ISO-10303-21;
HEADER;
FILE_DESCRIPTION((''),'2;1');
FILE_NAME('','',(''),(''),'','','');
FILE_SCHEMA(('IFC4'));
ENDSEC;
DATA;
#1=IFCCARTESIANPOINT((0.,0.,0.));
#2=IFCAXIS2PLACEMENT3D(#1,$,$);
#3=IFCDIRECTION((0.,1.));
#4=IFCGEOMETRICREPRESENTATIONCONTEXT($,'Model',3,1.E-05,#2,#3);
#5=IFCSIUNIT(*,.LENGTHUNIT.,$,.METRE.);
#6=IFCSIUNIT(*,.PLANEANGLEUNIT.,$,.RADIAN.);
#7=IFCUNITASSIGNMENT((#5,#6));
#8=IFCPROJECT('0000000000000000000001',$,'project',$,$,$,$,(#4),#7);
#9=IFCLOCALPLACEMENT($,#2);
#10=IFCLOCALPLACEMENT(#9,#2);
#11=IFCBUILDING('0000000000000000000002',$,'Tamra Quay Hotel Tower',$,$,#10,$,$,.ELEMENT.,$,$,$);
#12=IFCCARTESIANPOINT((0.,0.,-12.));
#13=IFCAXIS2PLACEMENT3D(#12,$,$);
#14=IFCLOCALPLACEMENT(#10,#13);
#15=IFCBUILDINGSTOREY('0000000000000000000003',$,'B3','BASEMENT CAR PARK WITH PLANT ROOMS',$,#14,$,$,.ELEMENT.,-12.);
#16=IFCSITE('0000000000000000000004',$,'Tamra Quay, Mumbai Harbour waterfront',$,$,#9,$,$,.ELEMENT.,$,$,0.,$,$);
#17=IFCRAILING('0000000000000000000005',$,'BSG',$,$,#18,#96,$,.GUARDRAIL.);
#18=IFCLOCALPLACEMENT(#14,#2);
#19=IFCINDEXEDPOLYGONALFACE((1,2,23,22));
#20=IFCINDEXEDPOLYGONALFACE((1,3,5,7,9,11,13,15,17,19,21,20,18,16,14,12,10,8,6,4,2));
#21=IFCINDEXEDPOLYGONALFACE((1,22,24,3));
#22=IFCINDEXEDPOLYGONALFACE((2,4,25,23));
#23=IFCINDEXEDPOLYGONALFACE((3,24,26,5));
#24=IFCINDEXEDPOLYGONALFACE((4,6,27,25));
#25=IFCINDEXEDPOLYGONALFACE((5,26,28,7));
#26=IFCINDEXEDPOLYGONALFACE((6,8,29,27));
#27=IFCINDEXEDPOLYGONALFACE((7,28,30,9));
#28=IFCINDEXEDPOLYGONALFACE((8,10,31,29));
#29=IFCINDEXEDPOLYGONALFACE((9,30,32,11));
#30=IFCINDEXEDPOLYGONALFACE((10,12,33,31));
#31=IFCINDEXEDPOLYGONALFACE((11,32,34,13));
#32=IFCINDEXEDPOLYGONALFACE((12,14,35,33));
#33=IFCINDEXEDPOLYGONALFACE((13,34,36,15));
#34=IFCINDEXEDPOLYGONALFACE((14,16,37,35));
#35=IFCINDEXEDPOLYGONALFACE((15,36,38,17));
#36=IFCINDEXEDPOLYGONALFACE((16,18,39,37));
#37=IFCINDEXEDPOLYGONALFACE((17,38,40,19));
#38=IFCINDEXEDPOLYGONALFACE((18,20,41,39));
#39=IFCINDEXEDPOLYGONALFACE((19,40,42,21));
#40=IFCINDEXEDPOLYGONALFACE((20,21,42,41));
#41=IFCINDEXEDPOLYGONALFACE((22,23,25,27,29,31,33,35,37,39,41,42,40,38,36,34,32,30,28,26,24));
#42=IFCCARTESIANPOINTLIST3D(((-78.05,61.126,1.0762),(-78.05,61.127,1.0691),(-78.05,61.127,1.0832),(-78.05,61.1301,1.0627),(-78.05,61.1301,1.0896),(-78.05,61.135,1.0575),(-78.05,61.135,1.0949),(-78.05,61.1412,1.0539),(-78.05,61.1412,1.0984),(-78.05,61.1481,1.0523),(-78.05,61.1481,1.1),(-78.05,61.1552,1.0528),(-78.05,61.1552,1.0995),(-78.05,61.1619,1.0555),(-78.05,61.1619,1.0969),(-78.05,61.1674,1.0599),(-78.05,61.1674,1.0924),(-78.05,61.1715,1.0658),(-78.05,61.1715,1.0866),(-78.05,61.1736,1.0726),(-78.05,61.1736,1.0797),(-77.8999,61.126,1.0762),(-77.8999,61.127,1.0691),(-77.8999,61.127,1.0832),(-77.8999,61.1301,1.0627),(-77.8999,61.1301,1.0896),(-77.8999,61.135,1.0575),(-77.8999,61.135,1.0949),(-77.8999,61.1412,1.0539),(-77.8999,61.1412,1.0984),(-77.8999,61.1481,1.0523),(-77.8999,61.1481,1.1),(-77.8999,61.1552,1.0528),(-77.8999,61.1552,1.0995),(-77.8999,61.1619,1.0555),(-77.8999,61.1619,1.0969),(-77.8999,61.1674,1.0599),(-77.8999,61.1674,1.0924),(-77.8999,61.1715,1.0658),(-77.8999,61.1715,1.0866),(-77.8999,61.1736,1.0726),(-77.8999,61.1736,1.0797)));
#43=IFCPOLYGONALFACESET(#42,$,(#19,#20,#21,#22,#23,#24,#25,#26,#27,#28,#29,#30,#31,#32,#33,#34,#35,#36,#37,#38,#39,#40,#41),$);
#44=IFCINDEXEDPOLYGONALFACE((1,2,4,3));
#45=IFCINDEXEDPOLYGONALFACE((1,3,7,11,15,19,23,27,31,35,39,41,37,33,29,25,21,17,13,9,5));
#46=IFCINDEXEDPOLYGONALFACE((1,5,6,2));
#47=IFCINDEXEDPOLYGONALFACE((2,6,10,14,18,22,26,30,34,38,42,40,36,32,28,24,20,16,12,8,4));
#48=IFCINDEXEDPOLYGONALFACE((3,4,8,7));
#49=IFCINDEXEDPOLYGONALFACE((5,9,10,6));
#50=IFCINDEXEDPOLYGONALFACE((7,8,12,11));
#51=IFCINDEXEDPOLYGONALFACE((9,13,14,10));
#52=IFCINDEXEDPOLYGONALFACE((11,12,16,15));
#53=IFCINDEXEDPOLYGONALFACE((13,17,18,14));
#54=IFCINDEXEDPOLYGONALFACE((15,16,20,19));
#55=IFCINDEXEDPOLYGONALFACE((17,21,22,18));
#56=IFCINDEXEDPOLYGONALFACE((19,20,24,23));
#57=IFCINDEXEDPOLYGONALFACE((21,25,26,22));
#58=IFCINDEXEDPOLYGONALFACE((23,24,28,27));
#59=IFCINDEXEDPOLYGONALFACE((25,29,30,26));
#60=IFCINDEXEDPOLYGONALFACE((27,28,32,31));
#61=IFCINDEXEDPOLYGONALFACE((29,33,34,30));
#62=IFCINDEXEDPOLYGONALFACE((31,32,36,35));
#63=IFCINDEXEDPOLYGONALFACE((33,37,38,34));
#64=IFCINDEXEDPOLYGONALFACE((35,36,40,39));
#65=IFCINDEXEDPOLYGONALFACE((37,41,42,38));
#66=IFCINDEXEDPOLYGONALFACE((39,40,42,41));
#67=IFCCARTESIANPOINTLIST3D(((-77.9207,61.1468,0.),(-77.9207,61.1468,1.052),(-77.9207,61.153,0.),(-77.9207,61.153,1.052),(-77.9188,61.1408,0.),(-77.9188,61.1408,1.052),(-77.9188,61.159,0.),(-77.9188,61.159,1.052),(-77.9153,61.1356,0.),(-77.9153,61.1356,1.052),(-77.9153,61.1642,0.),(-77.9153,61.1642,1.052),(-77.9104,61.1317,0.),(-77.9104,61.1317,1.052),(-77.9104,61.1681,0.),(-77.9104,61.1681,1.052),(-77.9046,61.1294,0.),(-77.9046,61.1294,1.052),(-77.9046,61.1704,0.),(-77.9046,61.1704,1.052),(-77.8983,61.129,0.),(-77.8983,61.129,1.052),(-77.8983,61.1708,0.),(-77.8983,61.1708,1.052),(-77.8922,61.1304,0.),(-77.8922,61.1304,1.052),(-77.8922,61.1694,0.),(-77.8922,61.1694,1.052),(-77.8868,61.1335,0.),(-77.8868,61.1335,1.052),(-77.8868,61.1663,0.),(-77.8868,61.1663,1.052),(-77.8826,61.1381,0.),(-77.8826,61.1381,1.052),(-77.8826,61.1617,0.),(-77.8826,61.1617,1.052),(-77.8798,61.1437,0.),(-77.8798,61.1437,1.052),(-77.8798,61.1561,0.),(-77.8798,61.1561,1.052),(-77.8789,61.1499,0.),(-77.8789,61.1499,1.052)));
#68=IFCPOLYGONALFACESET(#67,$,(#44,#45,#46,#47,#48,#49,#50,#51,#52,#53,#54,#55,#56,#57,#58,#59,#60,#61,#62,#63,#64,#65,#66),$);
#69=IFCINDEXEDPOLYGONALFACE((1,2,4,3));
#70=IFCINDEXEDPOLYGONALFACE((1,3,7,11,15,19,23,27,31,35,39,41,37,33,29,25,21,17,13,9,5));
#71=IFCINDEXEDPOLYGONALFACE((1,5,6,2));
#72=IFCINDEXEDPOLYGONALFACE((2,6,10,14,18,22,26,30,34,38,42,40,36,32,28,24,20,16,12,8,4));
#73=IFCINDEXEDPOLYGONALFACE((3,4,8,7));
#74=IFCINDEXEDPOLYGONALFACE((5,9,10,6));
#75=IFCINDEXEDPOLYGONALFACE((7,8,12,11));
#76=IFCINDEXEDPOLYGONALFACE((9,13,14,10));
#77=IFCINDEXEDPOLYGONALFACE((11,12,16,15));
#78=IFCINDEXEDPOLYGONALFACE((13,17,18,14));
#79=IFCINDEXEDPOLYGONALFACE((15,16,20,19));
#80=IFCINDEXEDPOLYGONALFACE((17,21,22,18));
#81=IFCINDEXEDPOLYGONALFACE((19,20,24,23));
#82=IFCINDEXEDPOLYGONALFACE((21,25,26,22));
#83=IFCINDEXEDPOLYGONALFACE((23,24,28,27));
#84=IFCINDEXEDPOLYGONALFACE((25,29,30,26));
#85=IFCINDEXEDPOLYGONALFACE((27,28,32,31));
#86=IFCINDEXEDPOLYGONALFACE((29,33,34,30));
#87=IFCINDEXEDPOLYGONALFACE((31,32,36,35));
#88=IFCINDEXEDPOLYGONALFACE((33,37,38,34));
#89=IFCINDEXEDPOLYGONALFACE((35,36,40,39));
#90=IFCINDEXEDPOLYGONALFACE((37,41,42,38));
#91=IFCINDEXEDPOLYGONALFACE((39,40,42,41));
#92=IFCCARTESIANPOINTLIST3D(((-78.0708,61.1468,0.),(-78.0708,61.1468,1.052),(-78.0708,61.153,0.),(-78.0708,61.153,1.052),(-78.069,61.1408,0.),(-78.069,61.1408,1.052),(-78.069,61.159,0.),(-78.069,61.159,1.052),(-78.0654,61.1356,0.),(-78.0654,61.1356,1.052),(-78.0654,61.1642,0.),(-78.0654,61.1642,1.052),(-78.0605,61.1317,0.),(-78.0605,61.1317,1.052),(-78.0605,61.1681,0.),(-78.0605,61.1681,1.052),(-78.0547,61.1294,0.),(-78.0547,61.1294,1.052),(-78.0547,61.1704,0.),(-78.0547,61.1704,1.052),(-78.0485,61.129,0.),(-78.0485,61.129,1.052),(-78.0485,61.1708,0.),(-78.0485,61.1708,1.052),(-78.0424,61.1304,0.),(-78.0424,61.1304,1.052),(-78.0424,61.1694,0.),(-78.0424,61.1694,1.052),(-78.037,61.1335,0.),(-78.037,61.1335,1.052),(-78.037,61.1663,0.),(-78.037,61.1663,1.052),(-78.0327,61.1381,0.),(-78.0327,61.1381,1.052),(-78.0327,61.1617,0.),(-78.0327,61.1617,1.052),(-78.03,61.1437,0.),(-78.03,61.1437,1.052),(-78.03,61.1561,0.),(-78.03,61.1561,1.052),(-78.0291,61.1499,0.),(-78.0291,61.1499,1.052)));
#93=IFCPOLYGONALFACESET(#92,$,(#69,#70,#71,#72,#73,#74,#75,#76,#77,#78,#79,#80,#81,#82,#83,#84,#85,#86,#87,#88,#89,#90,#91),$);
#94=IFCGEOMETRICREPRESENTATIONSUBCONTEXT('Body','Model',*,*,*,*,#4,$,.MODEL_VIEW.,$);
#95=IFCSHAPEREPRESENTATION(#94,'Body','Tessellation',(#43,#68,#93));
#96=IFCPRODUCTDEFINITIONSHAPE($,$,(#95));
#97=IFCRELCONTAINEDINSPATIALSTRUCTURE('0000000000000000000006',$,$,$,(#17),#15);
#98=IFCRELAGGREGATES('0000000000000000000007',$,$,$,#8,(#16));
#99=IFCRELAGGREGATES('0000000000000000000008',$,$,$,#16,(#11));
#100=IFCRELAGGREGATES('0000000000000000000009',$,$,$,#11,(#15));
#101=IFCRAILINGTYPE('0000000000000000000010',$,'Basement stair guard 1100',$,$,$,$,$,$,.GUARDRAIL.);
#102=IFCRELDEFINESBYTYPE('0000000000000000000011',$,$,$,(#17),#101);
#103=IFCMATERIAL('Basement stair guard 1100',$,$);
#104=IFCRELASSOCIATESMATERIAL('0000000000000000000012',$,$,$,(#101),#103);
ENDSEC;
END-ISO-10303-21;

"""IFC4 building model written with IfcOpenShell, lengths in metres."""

from ifc_helpers import new_model, si_unit, direction, frame, origin, origin_2d, place, context, subcontext, project, spatial, circle, extrude, material, type_object, element, save


model = new_model("IFC4")

# Units and contexts
model_context = context("Model", 3, precision=1e-05, world=origin(), true_north=direction((0.0, 1.0)))
body_context = subcontext(model_context, "Body", "Model", "MODEL_VIEW")
ifc_project = project(units=[si_unit("LENGTHUNIT", "METRE"), si_unit("PLANEANGLEUNIT", "RADIAN")], contexts=[model_context])

# Site, building, storey
site_placement = place(None, origin())
site = spatial("IfcSite", under=ifc_project, at=site_placement, Name="Tamra Quay, Mumbai Harbour waterfront", CompositionType="ELEMENT", RefElevation=0.0)
building_placement = place(site_placement, origin())
building = spatial("IfcBuilding", under=site, at=building_placement, Name="Tamra Quay Hotel Tower", CompositionType="ELEMENT")
storey_placement = place(building_placement, frame((0.0, 0.0, -12.0)))
storey = spatial("IfcBuildingStorey", under=building, at=storey_placement, Name="B3", Description="BASEMENT CAR PARK WITH PLANT ROOMS", CompositionType="ELEMENT", Elevation=-12.0)

# Railing
ifc_material_1 = material(Name="Basement stair guard 1100")
railing_type_1 = type_object("IfcRailingType", Name="Basement stair guard 1100", PredefinedType="GUARDRAIL", material=ifc_material_1)
railing_1_placement = place(storey_placement, frame((-77.8999, 61.1499, 0.0)))
element("IfcRailing", 1, at=railing_1_placement, inside=storey, type_object=railing_type_1, Name="BSG", PredefinedType="GUARDRAIL", context=body_context, shape_type="SweptSolid", body=[
    extrude(circle(Radius=0.0239, at=origin_2d()), frame((0.0, 0.0, 1.0762), z_axis=(-1.0, 0.0, 0.0), x_axis=(0.0, -1.0, 0.0)), (0.0, 0.0, 1.0), 0.1501),
    extrude(circle(Radius=0.021, at=origin_2d()), origin(), (0.0, 0.0, 1.0), 1.052),
    extrude(circle(Radius=0.021, at=origin_2d()), frame((-0.1501, 0.0, 0.0)), (0.0, 0.0, 1.0), 1.052),
])

save(model, "model.ifc")
